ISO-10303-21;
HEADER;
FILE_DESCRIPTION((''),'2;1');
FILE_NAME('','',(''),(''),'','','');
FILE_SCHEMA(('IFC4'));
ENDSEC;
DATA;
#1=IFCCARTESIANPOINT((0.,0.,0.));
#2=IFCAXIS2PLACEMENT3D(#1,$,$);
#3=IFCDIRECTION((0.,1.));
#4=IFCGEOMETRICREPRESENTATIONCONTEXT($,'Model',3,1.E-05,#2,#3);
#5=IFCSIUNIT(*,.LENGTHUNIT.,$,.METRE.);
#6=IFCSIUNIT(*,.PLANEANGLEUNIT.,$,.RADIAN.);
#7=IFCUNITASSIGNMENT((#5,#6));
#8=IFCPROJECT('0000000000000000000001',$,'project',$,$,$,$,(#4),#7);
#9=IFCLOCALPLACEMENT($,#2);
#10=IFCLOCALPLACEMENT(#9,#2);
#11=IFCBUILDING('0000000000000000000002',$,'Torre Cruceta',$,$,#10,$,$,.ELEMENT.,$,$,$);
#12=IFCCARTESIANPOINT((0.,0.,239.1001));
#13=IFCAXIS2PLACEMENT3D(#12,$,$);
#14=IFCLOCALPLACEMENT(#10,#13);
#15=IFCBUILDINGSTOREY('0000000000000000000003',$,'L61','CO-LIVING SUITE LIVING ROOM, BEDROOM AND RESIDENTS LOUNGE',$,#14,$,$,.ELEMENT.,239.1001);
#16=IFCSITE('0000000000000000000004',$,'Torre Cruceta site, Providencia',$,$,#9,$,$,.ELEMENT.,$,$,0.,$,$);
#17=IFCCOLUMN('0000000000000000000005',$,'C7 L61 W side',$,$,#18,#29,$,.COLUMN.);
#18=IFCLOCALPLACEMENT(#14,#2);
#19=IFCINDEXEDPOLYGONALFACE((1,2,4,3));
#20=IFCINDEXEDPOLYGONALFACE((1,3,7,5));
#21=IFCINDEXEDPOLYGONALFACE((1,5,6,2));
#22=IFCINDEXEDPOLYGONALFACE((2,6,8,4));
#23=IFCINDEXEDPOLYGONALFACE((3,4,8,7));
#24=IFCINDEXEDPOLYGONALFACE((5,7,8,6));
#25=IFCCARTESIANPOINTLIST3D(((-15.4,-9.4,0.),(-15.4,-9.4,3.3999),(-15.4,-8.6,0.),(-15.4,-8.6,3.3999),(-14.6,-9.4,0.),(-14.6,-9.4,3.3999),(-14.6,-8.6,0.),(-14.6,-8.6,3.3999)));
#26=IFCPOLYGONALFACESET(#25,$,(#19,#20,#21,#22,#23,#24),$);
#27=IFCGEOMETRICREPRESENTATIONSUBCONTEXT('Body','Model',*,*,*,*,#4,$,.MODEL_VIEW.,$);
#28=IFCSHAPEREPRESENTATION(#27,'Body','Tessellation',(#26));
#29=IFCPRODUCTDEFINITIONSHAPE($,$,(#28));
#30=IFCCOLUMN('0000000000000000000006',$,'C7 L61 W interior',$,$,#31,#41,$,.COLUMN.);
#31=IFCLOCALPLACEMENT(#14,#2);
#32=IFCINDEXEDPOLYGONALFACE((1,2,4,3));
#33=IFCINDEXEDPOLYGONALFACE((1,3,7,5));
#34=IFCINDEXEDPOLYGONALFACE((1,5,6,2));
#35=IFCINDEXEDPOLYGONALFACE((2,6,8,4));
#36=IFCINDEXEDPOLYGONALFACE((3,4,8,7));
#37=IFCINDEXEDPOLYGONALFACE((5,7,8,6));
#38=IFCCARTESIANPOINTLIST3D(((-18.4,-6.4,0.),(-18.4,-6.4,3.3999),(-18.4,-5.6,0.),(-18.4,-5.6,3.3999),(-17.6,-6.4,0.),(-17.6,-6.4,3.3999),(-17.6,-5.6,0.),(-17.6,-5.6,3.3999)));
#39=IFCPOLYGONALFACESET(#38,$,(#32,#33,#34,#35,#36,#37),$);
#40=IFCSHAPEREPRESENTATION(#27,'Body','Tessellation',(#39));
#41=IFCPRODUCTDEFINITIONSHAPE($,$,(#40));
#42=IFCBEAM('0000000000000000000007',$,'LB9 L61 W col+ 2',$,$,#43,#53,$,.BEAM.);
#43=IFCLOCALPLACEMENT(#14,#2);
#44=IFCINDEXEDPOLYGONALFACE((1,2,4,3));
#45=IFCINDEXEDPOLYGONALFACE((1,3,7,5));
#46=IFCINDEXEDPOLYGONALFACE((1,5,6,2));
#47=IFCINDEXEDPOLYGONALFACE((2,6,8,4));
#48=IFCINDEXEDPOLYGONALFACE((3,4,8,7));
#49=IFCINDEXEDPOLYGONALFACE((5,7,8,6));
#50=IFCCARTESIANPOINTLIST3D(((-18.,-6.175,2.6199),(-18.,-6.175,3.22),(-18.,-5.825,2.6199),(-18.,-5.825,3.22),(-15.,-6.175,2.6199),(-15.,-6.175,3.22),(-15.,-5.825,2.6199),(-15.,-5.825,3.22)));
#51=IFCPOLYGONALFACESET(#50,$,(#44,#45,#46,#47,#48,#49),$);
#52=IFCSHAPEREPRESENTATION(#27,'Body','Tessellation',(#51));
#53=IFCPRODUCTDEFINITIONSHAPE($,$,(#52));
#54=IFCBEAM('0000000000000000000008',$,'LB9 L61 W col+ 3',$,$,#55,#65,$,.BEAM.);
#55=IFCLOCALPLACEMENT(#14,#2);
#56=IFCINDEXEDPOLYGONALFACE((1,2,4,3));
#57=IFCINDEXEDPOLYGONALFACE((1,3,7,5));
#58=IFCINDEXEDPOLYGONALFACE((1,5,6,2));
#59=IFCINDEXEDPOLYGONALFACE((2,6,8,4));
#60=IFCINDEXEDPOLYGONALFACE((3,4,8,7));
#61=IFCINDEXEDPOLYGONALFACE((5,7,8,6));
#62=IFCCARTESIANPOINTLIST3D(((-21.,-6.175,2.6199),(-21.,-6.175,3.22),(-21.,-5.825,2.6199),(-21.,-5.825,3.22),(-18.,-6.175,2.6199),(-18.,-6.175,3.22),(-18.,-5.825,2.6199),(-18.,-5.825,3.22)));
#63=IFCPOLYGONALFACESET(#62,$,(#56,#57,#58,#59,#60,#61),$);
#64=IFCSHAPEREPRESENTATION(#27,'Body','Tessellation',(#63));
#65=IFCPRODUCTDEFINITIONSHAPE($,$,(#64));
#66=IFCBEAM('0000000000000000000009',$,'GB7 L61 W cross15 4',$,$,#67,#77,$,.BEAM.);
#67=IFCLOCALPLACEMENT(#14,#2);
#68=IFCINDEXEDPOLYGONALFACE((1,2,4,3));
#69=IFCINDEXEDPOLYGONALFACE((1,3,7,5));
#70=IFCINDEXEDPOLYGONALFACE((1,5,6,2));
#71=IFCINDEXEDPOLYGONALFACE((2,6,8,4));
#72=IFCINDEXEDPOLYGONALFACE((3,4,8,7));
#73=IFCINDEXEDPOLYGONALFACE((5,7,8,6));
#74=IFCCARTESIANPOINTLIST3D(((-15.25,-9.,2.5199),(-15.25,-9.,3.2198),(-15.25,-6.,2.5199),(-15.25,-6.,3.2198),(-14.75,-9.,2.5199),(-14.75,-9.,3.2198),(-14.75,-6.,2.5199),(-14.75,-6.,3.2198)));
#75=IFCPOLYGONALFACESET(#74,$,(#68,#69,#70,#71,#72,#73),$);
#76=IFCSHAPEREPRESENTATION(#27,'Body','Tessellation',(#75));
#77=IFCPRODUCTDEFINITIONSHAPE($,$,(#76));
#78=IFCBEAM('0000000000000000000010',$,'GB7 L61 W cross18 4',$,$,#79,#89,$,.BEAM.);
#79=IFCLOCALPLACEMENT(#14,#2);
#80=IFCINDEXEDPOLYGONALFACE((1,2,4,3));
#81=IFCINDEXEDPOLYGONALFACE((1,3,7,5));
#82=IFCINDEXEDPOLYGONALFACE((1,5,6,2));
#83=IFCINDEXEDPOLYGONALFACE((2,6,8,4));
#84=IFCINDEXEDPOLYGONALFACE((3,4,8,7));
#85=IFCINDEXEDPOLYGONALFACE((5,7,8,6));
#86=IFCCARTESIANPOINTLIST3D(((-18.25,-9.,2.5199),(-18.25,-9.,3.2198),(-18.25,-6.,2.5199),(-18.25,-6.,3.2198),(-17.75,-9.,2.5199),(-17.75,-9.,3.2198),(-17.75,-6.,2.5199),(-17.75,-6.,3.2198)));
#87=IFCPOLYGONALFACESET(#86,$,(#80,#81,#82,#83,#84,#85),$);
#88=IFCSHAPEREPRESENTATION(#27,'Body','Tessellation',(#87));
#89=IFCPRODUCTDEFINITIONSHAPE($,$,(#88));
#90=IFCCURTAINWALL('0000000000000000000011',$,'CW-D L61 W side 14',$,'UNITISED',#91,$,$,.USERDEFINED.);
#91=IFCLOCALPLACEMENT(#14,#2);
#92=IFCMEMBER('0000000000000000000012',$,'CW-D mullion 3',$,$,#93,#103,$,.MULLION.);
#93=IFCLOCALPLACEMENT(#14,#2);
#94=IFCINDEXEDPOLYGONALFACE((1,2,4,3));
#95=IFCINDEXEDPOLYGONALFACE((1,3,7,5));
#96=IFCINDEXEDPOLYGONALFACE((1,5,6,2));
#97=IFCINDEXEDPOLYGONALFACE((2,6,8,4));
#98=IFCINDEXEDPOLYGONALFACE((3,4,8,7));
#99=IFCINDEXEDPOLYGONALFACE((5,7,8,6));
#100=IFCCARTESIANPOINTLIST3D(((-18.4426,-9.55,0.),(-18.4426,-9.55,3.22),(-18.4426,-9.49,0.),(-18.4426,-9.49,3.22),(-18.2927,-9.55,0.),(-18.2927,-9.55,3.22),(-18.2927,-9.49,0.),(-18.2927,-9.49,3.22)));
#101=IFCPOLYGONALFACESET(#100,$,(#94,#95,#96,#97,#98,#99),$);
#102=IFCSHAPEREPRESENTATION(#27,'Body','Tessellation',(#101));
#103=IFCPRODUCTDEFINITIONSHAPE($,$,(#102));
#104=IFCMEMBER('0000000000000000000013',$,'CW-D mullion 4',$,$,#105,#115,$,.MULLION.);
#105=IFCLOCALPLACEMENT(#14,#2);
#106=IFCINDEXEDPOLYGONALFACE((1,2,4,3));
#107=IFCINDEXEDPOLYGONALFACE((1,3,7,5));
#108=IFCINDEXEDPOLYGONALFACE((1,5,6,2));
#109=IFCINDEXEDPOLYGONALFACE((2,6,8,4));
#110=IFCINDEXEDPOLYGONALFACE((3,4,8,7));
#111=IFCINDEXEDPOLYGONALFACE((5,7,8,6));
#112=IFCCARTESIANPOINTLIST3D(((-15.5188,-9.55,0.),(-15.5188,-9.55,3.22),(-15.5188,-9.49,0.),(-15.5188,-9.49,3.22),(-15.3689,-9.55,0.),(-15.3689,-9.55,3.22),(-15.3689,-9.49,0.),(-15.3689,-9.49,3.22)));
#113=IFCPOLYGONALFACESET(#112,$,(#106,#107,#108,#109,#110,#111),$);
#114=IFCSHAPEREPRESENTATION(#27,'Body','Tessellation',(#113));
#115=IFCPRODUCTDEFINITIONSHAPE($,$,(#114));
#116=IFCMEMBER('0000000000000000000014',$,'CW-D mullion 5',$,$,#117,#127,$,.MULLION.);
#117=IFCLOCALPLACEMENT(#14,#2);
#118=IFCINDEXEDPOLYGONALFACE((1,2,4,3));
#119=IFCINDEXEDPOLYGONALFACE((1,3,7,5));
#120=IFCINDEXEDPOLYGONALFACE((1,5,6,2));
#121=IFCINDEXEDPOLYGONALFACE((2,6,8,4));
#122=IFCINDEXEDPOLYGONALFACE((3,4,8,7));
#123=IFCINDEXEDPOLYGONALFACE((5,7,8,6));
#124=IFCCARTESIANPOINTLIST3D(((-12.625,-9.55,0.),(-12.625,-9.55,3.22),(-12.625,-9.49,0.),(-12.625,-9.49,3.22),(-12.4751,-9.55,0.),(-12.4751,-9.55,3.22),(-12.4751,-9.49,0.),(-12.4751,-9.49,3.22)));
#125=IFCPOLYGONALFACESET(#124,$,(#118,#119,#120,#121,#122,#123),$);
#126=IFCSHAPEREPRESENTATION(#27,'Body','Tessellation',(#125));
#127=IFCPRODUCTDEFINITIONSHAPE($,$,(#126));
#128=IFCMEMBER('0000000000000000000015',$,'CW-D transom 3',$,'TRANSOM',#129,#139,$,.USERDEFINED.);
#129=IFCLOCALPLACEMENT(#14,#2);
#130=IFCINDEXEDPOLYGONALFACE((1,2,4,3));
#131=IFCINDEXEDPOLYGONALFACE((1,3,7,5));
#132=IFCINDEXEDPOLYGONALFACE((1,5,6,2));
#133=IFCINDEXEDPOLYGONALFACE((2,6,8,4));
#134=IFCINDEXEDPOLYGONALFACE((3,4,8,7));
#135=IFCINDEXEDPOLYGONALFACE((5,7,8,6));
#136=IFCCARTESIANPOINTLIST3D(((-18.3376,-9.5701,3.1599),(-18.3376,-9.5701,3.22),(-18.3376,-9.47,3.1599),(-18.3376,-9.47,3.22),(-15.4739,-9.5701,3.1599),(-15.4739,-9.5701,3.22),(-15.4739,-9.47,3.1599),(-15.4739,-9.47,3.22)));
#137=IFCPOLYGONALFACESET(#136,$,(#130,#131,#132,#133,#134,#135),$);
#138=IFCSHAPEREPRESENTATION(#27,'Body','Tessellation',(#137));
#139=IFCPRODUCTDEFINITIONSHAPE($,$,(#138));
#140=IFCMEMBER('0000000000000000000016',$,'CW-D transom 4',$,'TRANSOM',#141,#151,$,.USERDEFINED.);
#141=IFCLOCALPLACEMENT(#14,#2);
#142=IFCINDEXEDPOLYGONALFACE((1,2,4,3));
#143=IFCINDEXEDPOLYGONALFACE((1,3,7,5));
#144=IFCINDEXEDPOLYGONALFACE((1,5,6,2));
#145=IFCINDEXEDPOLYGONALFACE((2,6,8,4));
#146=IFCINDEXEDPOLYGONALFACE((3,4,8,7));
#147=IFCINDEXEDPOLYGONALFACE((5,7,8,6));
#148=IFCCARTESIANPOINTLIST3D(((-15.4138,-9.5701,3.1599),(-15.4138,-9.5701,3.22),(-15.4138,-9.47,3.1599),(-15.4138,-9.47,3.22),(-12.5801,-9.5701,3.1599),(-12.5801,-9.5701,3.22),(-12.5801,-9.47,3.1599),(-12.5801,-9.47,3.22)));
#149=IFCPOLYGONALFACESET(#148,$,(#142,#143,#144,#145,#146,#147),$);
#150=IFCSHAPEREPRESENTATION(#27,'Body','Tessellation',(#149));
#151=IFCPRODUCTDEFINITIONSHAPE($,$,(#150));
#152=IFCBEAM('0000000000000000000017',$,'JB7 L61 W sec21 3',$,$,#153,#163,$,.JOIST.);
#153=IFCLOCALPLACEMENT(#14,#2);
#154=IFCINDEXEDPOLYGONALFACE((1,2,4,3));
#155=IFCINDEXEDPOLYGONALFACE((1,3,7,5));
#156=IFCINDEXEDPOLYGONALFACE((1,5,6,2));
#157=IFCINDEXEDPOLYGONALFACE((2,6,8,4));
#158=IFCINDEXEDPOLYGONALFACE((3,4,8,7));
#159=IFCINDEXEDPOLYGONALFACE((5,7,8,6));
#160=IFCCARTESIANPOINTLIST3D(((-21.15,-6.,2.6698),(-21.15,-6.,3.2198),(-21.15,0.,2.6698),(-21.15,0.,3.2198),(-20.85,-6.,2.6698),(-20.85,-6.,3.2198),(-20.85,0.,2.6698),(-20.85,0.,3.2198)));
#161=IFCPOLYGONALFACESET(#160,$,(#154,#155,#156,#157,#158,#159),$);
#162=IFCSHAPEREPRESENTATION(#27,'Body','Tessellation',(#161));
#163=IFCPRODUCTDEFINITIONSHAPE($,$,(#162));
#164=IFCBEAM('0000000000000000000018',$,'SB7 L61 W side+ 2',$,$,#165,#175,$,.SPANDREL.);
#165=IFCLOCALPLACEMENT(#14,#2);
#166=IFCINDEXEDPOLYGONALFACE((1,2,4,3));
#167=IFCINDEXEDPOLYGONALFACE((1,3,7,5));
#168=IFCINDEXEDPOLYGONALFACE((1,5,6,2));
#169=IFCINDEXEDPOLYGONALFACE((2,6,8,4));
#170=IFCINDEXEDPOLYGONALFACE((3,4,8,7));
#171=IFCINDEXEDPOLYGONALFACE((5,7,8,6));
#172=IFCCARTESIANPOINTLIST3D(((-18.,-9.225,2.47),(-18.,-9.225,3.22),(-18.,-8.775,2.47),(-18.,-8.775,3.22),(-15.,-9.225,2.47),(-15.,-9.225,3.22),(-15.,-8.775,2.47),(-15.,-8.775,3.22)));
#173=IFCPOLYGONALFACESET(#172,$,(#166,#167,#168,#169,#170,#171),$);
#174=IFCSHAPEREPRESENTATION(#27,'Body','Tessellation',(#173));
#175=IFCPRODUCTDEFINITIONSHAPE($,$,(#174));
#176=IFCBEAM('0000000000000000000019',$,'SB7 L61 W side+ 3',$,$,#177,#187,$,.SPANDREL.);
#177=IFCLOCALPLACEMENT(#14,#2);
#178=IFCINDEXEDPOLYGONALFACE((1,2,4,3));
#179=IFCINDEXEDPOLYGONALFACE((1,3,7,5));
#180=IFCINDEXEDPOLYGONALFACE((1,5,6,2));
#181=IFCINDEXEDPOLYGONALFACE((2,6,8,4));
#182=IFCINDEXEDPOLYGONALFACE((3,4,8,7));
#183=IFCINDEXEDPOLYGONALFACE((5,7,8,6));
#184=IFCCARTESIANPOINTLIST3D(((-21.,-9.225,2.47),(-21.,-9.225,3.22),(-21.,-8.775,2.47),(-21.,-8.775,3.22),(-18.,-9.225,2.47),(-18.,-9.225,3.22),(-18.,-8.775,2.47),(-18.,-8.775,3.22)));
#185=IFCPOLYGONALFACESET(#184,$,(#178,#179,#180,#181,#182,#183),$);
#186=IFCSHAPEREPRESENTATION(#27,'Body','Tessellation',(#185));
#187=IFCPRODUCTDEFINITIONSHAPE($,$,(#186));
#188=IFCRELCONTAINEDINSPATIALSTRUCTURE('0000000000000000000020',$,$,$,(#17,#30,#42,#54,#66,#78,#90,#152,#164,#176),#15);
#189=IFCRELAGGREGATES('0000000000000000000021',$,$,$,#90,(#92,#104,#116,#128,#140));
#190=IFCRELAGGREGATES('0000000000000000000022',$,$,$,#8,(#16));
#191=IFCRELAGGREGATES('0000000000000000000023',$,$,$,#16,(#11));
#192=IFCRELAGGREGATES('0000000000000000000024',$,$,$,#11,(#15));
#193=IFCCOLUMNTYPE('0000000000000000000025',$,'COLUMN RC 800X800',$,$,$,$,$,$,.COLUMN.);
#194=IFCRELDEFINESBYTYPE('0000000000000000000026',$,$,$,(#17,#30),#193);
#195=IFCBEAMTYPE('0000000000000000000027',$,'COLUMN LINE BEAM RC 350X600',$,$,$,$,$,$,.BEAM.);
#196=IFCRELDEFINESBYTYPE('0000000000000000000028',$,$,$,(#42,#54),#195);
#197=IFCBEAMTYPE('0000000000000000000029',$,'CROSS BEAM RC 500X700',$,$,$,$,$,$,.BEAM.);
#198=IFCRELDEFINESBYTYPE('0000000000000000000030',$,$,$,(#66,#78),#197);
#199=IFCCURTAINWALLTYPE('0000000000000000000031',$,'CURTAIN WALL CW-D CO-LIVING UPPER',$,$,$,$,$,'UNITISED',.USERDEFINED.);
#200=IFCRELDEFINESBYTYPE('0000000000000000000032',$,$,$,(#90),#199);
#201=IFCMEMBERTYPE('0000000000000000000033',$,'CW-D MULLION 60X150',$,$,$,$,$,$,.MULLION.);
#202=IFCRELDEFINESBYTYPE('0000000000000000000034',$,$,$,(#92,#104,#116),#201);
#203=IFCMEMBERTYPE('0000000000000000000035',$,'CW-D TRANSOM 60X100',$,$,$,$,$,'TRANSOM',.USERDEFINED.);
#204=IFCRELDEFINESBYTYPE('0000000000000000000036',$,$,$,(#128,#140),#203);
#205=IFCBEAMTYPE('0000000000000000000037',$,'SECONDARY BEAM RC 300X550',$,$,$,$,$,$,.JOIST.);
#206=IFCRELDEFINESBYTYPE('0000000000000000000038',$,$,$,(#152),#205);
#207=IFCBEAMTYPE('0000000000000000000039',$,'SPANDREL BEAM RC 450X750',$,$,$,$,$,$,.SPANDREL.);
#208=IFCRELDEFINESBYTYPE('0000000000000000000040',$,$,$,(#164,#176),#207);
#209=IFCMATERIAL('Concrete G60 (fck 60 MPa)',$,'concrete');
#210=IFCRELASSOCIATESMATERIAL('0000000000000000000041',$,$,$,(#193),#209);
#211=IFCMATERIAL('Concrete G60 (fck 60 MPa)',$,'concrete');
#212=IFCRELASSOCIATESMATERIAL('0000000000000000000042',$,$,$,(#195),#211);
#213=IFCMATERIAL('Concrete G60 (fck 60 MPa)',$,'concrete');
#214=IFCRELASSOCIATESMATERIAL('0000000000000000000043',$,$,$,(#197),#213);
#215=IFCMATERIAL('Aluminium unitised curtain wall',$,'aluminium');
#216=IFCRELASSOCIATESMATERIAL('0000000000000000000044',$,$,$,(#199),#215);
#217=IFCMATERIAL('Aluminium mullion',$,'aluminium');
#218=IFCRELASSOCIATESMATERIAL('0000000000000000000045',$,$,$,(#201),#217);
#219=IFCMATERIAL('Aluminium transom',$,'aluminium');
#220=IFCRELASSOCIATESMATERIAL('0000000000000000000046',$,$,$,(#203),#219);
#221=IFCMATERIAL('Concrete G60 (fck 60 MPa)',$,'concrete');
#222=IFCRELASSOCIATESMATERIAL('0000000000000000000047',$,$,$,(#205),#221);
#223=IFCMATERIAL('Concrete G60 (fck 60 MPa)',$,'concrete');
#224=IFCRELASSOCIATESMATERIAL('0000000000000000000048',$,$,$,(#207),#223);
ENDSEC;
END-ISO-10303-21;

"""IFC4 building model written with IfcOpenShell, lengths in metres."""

from ifc_helpers import new_model, si_unit, direction, frame, origin, origin_2d, place, context, subcontext, project, spatial, rectangle, extrude, material, material_profile, profile_set, type_object, element, aggregate, save


model = new_model("IFC4")

# Units and contexts
model_context = context("Model", 3, precision=1e-05, world=origin(), true_north=direction((0.0, 1.0)))
body_context = subcontext(model_context, "Body", "Model", "MODEL_VIEW")
ifc_project = project(units=[si_unit("LENGTHUNIT", "METRE"), si_unit("PLANEANGLEUNIT", "RADIAN")], contexts=[model_context])

# Site, building, storey
site_placement = place(None, origin())
site = spatial("IfcSite", under=ifc_project, at=site_placement, Name="Torre Cruceta site, Providencia", CompositionType="ELEMENT", RefElevation=0.0)
building_placement = place(site_placement, origin())
building = spatial("IfcBuilding", under=site, at=building_placement, Name="Torre Cruceta", CompositionType="ELEMENT")
storey_placement = place(building_placement, frame((0.0, 0.0, 239.1001)))
storey = spatial("IfcBuildingStorey", under=building, at=storey_placement, Name="L61", Description="CO-LIVING SUITE LIVING ROOM, BEDROOM AND RESIDENTS LOUNGE", CompositionType="ELEMENT", Elevation=239.1001)

# Columns
ifc_material_1 = material(Name="Concrete G60 (fck 60 MPa)", Category="concrete")
ifc_material_profile_1 = material_profile(ifc_material_1, rectangle(XDim=0.8, YDim=0.8, at=origin_2d()), Name="RC 800X800")
ifc_profile_set_1 = profile_set([ifc_material_profile_1], Name="Concrete G60 (fck 60 MPa)")
column_type = type_object("IfcColumnType", Name="COLUMN RC 800X800", PredefinedType="COLUMN", material=ifc_profile_set_1)
for number, where, z_axis, x_axis, name in (
    (1, (-15.0, -9.0, 0.0), (0.0, 0.0, 1.0), (1.0, 0.0, 0.0), "C7 L61 W side"),
    (2, (-18.0, -6.0, 0.0), (0.0, 0.0, 1.0), (1.0, 0.0, 0.0), "C7 L61 W interior"),
):
    element("IfcColumn", number, at=place(storey_placement, frame(where, z_axis=z_axis, x_axis=x_axis)), inside=storey, type_object=column_type, Name=name, PredefinedType="COLUMN", context=body_context, shape_type="SweptSolid", body=[
        extrude(rectangle(XDim=0.8, YDim=0.8, at=origin_2d()), origin(), (0.0, 0.0, 1.0), 3.3999),
    ])

# Beams
ifc_material_2 = material(Name="Concrete G60 (fck 60 MPa)", Category="concrete")
ifc_material_profile_2 = material_profile(ifc_material_2, rectangle(XDim=0.3501, YDim=0.6001, at=origin_2d()), Name="RC 350X600")
ifc_profile_set_2 = profile_set([ifc_material_profile_2], Name="Concrete G60 (fck 60 MPa)")
beam_type_1 = type_object("IfcBeamType", Name="COLUMN LINE BEAM RC 350X600", PredefinedType="BEAM", material=ifc_profile_set_2)
for number, where, z_axis, x_axis, name in (
    (3, (-15.0, -6.0, 2.9199), (-1.0, 0.0, 0.0), (0.0, -1.0, 0.0), "LB9 L61 W col+ 2"),
    (4, (-18.0, -6.0, 2.9199), (-1.0, 0.0, 0.0), (0.0, -1.0, 0.0), "LB9 L61 W col+ 3"),
):
    element("IfcBeam", number, at=place(storey_placement, frame(where, z_axis=z_axis, x_axis=x_axis)), inside=storey, type_object=beam_type_1, Name=name, PredefinedType="BEAM", context=body_context, shape_type="SweptSolid", body=[
        extrude(rectangle(XDim=0.3501, YDim=0.6001, at=origin_2d()), origin(), (0.0, 0.0, 1.0), 3.0),
    ])
ifc_material_3 = material(Name="Concrete G60 (fck 60 MPa)", Category="concrete")
ifc_material_profile_3 = material_profile(ifc_material_3, rectangle(XDim=0.5, YDim=0.7, at=origin_2d()), Name="RC 500X700")
ifc_profile_set_3 = profile_set([ifc_material_profile_3], Name="Concrete G60 (fck 60 MPa)")
beam_type_2 = type_object("IfcBeamType", Name="CROSS BEAM RC 500X700", PredefinedType="BEAM", material=ifc_profile_set_3)
for number, where, z_axis, x_axis, name in (
    (5, (-15.0, -6.0, 2.8699), (0.0, -1.0, 0.0), (1.0, 0.0, 0.0), "GB7 L61 W cross15 4"),
    (6, (-18.0, -6.0, 2.8699), (0.0, -1.0, 0.0), (1.0, 0.0, 0.0), "GB7 L61 W cross18 4"),
):
    element("IfcBeam", number, at=place(storey_placement, frame(where, z_axis=z_axis, x_axis=x_axis)), inside=storey, type_object=beam_type_2, Name=name, PredefinedType="BEAM", context=body_context, shape_type="SweptSolid", body=[
        extrude(rectangle(XDim=0.5, YDim=0.7, at=origin_2d()), origin(), (0.0, 0.0, 1.0), 3.0),
    ])

# Curtain wall, members
ifc_material_4 = material(Name="Aluminium unitised curtain wall", Category="aluminium")
curtain_wall_type = type_object("IfcCurtainWallType", Name="CURTAIN WALL CW-D CO-LIVING UPPER", ElementType="UNITISED", PredefinedType="USERDEFINED", material=ifc_material_4)
curtain_wall_placement = place(storey_placement, origin())
curtain_wall = element("IfcCurtainWall", 7, at=curtain_wall_placement, inside=storey, type_object=curtain_wall_type, Name="CW-D L61 W side 14", ObjectType="UNITISED", PredefinedType="USERDEFINED")
ifc_material_5 = material(Name="Aluminium mullion", Category="aluminium")
ifc_material_profile_4 = material_profile(ifc_material_5, rectangle(XDim=0.0601, YDim=0.1499, at=origin_2d()), Name="AL 60X150")
ifc_profile_set_4 = profile_set([ifc_material_profile_4], Name="Aluminium mullion")
member_type_1 = type_object("IfcMemberType", Name="CW-D MULLION 60X150", PredefinedType="MULLION", material=ifc_profile_set_4)
member_1_placement = place(storey_placement, frame((-18.3677, -9.52, 0.0), z_axis=(0.0, 0.0, 1.0), x_axis=(0.0, 1.0, 0.0)))
member_1 = element("IfcMember", 8, at=member_1_placement, type_object=member_type_1, Name="CW-D mullion 3", PredefinedType="MULLION", context=body_context, shape_type="SweptSolid", body=[
    extrude(rectangle(XDim=0.0601, YDim=0.1499, at=origin_2d()), origin(), (0.0, 0.0, 1.0), 3.22),
])
member_2_placement = place(storey_placement, frame((-15.4438, -9.52, 0.0), z_axis=(0.0, 0.0, 1.0), x_axis=(0.0, 1.0, 0.0)))
member_2 = element("IfcMember", 9, at=member_2_placement, type_object=member_type_1, Name="CW-D mullion 4", PredefinedType="MULLION", context=body_context, shape_type="SweptSolid", body=[
    extrude(rectangle(XDim=0.0601, YDim=0.1499, at=origin_2d()), origin(), (0.0, 0.0, 1.0), 3.22),
])
member_3_placement = place(storey_placement, frame((-12.55, -9.52, 0.0), z_axis=(0.0, 0.0, 1.0), x_axis=(0.0, 1.0, 0.0)))
member_3 = element("IfcMember", 10, at=member_3_placement, type_object=member_type_1, Name="CW-D mullion 5", PredefinedType="MULLION", context=body_context, shape_type="SweptSolid", body=[
    extrude(rectangle(XDim=0.0601, YDim=0.1499, at=origin_2d()), origin(), (0.0, 0.0, 1.0), 3.22),
])
ifc_material_6 = material(Name="Aluminium transom", Category="aluminium")
ifc_material_profile_5 = material_profile(ifc_material_6, rectangle(XDim=0.1001, YDim=0.0601, at=origin_2d()), Name="AL 100X60")
ifc_profile_set_5 = profile_set([ifc_material_profile_5], Name="Aluminium transom")
member_type_2 = type_object("IfcMemberType", Name="CW-D TRANSOM 60X100", ElementType="TRANSOM", PredefinedType="USERDEFINED", material=ifc_profile_set_5)
member_4_placement = place(storey_placement, frame((-18.3376, -9.52, 3.1899), z_axis=(1.0, 0.0, 0.0), x_axis=(0.0, 1.0, 0.0)))
member_4 = element("IfcMember", 11, at=member_4_placement, type_object=member_type_2, Name="CW-D transom 3", ObjectType="TRANSOM", PredefinedType="USERDEFINED", context=body_context, shape_type="SweptSolid", body=[
    extrude(rectangle(XDim=0.1001, YDim=0.0601, at=origin_2d()), origin(), (0.0, 0.0, 1.0), 2.8638),
])
member_5_placement = place(storey_placement, frame((-15.4138, -9.52, 3.1899), z_axis=(1.0, 0.0, 0.0), x_axis=(0.0, 1.0, 0.0)))
member_5 = element("IfcMember", 12, at=member_5_placement, type_object=member_type_2, Name="CW-D transom 4", ObjectType="TRANSOM", PredefinedType="USERDEFINED", context=body_context, shape_type="SweptSolid", body=[
    extrude(rectangle(XDim=0.1001, YDim=0.0601, at=origin_2d()), origin(), (0.0, 0.0, 1.0), 2.8337),
])

# Beams
ifc_material_7 = material(Name="Concrete G60 (fck 60 MPa)", Category="concrete")
ifc_material_profile_6 = material_profile(ifc_material_7, rectangle(XDim=0.3, YDim=0.55, at=origin_2d()), Name="RC 300X550")
ifc_profile_set_6 = profile_set([ifc_material_profile_6], Name="Concrete G60 (fck 60 MPa)")
beam_type_3 = type_object("IfcBeamType", Name="SECONDARY BEAM RC 300X550", PredefinedType="JOIST", material=ifc_profile_set_6)
beam_placement = place(storey_placement, frame((-21.0, 0.0, 2.9448), z_axis=(0.0, -1.0, 0.0), x_axis=(1.0, 0.0, 0.0)))
element("IfcBeam", 13, at=beam_placement, inside=storey, type_object=beam_type_3, Name="JB7 L61 W sec21 3", PredefinedType="JOIST", context=body_context, shape_type="SweptSolid", body=[
    extrude(rectangle(XDim=0.3, YDim=0.55, at=origin_2d()), origin(), (0.0, 0.0, 1.0), 6.0),
])
ifc_material_8 = material(Name="Concrete G60 (fck 60 MPa)", Category="concrete")
ifc_material_profile_7 = material_profile(ifc_material_8, rectangle(XDim=0.45, YDim=0.75, at=origin_2d()), Name="RC 450X750")
ifc_profile_set_7 = profile_set([ifc_material_profile_7], Name="Concrete G60 (fck 60 MPa)")
beam_type_4 = type_object("IfcBeamType", Name="SPANDREL BEAM RC 450X750", PredefinedType="SPANDREL", material=ifc_profile_set_7)
for number, where, z_axis, x_axis, name in (
    (14, (-15.0, -9.0, 2.845), (-1.0, 0.0, 0.0), (0.0, -1.0, 0.0), "SB7 L61 W side+ 2"),
    (15, (-18.0, -9.0, 2.845), (-1.0, 0.0, 0.0), (0.0, -1.0, 0.0), "SB7 L61 W side+ 3"),
):
    element("IfcBeam", number, at=place(storey_placement, frame(where, z_axis=z_axis, x_axis=x_axis)), inside=storey, type_object=beam_type_4, Name=name, PredefinedType="SPANDREL", context=body_context, shape_type="SweptSolid", body=[
        extrude(rectangle(XDim=0.45, YDim=0.75, at=origin_2d()), origin(), (0.0, 0.0, 1.0), 3.0),
    ])

aggregate(curtain_wall, [member_1, member_2, member_3, member_4, member_5])

save(model, "model.ifc")
